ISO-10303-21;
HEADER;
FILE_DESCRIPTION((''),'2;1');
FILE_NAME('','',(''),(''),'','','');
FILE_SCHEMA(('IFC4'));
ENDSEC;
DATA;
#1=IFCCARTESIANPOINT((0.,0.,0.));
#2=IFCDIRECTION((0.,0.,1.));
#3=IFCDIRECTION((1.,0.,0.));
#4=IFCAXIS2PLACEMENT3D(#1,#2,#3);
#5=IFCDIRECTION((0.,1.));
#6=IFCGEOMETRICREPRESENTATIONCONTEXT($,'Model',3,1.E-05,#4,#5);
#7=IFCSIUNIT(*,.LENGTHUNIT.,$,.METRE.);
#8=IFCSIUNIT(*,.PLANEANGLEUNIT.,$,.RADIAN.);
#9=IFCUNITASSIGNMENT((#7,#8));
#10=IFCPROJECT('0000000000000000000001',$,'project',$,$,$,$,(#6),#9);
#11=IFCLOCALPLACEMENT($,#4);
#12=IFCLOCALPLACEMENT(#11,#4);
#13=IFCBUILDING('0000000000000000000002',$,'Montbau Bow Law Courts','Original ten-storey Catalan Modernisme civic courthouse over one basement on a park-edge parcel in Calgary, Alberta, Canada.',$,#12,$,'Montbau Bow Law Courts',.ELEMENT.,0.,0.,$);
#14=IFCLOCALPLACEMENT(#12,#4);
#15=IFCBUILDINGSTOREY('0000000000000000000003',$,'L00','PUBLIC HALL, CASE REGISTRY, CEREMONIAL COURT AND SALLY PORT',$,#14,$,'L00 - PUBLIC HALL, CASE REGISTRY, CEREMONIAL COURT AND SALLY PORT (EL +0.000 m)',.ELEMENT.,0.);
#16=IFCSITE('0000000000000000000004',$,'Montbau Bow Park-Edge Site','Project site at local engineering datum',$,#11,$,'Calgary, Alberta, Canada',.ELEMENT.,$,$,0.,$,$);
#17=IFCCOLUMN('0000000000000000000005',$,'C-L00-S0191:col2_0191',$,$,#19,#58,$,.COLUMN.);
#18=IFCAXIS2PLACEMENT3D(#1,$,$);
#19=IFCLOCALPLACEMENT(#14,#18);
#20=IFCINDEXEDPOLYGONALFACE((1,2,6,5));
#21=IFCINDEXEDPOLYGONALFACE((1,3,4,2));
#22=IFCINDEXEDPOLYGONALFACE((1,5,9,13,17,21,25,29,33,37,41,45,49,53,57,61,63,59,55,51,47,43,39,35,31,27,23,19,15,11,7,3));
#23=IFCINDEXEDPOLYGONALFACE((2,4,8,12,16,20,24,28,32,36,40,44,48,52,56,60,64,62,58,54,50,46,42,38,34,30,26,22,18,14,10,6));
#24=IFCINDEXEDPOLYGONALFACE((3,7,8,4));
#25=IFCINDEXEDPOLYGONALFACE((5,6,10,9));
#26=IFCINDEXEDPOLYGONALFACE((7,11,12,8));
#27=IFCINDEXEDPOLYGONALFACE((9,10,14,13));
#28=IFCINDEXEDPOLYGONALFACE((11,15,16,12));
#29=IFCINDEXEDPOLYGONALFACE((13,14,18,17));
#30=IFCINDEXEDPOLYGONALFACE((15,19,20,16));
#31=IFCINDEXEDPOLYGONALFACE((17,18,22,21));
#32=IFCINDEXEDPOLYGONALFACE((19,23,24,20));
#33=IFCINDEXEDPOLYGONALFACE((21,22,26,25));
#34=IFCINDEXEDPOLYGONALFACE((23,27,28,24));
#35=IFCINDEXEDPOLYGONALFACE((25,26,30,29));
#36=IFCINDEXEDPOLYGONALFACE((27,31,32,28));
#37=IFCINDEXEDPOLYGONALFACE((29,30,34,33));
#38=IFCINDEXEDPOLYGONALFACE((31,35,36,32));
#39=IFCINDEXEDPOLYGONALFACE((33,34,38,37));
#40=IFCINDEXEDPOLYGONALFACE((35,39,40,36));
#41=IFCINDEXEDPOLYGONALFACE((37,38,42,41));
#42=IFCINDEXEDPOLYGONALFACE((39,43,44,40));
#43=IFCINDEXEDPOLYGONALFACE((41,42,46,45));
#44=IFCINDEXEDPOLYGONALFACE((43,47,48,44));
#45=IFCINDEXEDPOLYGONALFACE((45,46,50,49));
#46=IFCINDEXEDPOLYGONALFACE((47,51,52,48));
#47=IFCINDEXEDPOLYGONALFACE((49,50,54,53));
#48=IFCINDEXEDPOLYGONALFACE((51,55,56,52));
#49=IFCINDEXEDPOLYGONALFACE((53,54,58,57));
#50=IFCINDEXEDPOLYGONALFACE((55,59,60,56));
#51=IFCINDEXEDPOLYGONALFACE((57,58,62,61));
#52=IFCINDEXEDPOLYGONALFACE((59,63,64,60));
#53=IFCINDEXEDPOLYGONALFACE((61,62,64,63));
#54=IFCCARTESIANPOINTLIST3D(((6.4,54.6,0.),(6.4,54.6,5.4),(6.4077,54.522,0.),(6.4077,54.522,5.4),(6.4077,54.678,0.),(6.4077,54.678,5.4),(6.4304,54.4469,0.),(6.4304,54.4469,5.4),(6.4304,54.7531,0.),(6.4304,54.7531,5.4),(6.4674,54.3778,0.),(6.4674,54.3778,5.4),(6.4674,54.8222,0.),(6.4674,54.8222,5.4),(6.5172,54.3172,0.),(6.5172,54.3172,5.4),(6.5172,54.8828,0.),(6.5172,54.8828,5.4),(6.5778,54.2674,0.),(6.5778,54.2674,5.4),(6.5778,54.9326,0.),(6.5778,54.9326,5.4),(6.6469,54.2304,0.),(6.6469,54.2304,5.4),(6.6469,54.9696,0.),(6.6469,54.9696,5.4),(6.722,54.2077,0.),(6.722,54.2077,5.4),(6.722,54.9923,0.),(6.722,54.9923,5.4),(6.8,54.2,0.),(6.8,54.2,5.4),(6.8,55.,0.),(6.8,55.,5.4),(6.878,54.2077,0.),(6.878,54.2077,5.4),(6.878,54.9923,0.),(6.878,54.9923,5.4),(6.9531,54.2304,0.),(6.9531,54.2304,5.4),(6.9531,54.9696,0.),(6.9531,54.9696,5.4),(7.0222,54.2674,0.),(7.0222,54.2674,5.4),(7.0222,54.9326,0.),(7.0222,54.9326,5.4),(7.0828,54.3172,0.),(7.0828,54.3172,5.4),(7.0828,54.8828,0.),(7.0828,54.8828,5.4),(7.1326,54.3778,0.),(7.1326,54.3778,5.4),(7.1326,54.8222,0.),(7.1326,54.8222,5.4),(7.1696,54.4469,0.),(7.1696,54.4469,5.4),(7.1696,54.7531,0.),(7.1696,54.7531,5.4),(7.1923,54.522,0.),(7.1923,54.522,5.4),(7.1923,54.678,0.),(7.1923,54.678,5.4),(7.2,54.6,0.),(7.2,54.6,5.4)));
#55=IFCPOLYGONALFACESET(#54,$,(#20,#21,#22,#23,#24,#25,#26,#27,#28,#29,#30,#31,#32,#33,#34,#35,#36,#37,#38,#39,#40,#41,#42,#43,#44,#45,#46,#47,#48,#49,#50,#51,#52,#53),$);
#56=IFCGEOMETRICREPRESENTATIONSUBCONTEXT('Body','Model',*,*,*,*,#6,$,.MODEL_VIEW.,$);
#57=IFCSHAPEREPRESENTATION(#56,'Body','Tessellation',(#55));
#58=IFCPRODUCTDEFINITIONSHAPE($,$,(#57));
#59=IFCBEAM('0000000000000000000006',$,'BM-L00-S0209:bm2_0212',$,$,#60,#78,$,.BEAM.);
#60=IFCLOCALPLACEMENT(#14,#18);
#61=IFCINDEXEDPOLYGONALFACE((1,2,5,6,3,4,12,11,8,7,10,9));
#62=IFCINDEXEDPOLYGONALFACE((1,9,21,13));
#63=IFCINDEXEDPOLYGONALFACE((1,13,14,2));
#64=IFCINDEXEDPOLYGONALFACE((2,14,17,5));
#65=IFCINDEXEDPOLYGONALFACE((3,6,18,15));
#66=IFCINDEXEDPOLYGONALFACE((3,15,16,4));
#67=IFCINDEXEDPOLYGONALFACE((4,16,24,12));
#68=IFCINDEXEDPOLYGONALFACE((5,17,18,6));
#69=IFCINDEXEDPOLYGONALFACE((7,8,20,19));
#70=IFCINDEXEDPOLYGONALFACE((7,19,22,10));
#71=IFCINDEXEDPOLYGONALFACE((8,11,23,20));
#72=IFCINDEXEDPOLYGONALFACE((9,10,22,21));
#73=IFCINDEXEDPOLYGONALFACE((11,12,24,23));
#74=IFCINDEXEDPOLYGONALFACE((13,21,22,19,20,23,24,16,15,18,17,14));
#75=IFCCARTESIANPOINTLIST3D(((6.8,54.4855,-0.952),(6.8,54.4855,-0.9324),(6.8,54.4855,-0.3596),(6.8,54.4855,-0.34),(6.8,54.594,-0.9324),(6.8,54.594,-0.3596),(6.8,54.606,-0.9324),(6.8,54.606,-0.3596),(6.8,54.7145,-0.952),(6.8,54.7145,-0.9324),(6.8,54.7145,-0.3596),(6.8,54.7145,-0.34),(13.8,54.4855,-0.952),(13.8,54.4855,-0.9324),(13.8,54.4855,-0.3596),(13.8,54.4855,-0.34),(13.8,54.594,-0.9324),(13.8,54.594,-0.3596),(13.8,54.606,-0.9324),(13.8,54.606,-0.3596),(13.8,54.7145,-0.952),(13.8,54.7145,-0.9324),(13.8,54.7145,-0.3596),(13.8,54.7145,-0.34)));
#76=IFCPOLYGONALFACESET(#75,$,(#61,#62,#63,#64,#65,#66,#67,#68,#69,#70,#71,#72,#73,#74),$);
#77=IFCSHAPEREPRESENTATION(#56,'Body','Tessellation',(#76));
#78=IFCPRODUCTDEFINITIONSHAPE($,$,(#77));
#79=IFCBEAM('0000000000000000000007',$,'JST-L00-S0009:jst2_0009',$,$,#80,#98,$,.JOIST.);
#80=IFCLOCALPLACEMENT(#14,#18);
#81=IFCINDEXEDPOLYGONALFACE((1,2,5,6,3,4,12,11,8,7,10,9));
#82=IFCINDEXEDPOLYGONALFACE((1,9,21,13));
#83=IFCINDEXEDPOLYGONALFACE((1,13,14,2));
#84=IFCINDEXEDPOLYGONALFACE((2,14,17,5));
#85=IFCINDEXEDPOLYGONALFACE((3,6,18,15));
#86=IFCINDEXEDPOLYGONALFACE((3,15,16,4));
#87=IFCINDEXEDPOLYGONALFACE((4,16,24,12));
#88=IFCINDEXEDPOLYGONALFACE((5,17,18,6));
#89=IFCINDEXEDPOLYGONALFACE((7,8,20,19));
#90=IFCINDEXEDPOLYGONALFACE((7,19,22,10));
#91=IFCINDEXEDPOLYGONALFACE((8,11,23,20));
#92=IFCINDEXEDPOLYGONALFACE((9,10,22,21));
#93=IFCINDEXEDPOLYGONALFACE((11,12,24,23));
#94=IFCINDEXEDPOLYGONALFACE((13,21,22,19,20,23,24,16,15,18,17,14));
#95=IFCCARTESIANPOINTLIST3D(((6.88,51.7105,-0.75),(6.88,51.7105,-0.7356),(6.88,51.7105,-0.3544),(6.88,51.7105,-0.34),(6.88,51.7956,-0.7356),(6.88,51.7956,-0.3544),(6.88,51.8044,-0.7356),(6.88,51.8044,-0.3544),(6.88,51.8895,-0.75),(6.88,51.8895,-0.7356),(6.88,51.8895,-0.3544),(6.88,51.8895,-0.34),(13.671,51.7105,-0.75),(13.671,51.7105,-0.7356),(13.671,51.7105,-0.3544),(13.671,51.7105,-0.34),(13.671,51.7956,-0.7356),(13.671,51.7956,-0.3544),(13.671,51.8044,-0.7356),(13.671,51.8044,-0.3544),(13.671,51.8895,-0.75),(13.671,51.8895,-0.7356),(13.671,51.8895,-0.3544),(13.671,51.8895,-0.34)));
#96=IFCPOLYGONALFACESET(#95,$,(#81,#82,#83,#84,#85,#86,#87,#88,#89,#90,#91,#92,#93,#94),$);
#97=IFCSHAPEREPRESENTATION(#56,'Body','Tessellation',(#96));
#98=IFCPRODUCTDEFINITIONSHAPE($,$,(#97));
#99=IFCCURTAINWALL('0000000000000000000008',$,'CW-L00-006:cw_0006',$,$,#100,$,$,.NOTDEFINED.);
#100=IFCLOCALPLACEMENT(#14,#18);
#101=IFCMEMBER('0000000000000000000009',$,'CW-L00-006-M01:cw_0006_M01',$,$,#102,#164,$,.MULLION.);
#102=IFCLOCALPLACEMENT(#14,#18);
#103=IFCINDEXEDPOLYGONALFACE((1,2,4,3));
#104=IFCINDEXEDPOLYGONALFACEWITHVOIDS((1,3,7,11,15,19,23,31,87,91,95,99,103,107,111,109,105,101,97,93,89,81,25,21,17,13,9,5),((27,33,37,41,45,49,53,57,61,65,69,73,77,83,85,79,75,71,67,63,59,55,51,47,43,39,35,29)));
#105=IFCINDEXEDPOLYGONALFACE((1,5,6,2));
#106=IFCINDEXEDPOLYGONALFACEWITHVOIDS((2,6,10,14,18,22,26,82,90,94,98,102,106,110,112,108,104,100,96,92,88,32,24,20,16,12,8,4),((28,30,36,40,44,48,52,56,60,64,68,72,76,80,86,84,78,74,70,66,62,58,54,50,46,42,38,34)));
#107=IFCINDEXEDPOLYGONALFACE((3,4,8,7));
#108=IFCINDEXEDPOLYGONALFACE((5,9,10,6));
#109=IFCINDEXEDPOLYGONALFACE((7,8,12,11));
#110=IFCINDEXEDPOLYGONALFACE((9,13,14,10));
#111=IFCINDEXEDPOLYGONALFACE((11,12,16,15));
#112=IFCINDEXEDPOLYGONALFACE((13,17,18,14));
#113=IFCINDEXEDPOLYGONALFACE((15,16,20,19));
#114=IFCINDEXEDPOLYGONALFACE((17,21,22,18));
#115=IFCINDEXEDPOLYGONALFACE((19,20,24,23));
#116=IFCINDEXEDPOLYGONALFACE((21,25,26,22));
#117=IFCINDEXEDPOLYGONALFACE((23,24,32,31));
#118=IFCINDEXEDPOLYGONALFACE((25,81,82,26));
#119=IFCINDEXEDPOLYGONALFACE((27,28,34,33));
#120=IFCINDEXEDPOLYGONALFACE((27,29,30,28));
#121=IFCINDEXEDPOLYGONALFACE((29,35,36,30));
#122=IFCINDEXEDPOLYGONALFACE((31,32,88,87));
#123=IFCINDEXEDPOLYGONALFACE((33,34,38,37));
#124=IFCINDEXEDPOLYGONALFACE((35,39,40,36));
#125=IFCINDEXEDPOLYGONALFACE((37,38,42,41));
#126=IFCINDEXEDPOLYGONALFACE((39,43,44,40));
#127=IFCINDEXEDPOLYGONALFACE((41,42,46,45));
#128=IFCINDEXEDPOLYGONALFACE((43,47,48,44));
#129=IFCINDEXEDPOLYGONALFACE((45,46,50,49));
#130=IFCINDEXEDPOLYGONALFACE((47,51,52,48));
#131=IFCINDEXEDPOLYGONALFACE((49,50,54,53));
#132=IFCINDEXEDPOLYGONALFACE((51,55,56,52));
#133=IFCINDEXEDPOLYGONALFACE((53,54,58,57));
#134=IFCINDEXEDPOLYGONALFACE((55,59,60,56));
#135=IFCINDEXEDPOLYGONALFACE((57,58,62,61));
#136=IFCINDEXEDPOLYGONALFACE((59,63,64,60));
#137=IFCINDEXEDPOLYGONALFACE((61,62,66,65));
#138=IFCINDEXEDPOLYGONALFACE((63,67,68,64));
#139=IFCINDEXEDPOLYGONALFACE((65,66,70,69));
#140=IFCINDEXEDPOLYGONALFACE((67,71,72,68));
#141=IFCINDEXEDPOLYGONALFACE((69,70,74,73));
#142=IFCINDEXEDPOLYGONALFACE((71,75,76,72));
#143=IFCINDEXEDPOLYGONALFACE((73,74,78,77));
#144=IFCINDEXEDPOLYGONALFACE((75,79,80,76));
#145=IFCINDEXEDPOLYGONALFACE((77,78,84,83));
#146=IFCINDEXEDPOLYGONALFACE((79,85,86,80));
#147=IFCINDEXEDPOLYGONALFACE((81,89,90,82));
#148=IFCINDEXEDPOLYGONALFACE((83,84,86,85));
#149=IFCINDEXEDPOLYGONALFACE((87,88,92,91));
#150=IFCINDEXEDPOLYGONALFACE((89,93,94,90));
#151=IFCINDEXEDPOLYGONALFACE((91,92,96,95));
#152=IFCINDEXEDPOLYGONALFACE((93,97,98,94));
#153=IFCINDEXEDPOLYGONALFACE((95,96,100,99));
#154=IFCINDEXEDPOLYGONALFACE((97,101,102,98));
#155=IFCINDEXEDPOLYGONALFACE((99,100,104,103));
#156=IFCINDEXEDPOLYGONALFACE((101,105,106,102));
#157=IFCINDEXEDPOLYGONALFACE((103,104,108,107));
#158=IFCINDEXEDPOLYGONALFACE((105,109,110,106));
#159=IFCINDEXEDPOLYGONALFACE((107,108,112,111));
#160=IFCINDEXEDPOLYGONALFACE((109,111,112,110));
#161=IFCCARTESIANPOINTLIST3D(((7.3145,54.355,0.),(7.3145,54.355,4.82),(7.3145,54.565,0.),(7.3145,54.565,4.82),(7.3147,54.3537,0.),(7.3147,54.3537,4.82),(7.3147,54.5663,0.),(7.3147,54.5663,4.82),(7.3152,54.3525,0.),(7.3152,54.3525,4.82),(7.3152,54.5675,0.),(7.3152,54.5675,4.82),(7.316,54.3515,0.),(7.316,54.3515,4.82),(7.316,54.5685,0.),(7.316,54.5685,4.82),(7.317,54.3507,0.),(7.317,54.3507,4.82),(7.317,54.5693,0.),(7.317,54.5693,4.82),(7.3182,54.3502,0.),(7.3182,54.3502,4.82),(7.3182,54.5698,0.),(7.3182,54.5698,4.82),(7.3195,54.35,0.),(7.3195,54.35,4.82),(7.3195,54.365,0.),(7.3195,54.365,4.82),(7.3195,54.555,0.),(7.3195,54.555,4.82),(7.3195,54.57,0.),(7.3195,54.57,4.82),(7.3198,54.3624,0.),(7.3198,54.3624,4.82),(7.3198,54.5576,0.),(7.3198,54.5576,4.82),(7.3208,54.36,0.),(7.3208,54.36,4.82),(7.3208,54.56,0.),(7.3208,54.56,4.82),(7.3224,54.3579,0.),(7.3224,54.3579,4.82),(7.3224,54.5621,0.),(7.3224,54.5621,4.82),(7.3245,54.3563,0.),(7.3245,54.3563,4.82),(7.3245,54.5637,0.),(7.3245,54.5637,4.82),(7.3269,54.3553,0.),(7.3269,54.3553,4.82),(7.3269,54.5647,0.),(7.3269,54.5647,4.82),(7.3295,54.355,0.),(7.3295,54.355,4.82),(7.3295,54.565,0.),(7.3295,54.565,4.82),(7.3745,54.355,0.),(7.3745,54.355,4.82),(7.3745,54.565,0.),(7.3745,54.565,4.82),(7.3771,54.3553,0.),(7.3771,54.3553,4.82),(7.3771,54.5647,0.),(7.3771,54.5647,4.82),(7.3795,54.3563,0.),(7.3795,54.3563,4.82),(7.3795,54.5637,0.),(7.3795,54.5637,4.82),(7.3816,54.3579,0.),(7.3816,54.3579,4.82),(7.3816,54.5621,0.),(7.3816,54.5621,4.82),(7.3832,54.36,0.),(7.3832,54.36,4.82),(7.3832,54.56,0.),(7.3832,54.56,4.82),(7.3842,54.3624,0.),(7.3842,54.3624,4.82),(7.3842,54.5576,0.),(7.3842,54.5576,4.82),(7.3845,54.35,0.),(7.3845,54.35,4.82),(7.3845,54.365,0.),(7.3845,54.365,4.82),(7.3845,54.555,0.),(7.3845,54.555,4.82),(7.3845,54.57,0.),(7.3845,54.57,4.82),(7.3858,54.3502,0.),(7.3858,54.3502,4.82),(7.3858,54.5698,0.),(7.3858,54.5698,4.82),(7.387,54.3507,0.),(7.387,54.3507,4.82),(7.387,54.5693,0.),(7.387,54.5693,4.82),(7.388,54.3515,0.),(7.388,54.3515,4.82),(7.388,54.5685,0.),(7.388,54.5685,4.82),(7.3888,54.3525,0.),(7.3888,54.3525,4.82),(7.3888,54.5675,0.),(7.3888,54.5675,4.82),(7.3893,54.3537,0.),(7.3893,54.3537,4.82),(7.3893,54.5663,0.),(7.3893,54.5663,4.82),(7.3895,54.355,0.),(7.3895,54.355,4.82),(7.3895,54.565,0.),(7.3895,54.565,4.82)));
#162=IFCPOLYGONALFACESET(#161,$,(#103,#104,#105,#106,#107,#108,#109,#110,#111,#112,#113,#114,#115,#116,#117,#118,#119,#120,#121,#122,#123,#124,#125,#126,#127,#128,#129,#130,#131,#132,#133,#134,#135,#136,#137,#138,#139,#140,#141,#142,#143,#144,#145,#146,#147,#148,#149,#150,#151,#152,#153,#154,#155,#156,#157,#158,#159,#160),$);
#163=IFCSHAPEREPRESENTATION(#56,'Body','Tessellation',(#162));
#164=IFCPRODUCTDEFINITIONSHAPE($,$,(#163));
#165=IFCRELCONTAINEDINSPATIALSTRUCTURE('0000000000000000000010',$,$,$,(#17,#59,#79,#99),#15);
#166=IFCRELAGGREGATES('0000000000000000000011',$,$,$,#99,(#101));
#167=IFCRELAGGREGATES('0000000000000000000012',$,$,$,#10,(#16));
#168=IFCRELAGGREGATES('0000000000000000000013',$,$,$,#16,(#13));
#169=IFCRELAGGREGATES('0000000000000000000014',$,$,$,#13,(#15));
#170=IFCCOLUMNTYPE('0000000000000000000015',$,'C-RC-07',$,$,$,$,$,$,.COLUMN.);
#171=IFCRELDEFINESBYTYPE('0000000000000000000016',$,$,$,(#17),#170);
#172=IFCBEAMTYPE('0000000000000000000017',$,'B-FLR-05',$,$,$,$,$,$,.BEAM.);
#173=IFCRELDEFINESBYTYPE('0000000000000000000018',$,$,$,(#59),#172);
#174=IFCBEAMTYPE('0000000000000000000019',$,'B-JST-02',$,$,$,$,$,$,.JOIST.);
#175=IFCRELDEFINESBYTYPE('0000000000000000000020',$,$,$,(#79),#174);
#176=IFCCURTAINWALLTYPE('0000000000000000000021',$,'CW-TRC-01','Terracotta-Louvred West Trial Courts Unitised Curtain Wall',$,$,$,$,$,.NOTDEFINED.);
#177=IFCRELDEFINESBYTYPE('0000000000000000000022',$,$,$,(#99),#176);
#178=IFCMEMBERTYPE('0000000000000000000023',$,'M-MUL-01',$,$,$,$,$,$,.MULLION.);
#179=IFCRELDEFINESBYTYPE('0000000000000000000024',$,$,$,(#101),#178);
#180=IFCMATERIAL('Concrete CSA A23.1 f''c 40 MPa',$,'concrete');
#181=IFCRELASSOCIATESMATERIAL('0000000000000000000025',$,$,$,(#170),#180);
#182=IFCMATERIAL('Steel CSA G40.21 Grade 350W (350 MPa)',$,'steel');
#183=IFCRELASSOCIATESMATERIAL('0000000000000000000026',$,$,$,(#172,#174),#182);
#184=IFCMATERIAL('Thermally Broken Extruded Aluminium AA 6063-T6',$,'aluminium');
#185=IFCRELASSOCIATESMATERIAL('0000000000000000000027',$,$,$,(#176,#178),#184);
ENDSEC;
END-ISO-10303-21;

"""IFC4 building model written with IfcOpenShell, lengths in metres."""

from ifc_helpers import new_model, si_unit, direction, frame, origin_with_axes, origin_2d_with_axis, place, context, subcontext, project, spatial, hollow_rectangle, circle, i_section, extrude, material, material_profile, profile_set, type_object, element, aggregate, save


model = new_model("IFC4")

# Units and contexts
model_context = context("Model", 3, precision=1e-05, world=origin_with_axes(), true_north=direction((0.0, 1.0)))
body_context = subcontext(model_context, "Body", "Model", "MODEL_VIEW")
ifc_project = project(units=[si_unit("LENGTHUNIT", "METRE"), si_unit("PLANEANGLEUNIT", "RADIAN")], contexts=[model_context])

# Site, building, storey
site_placement = place(None, origin_with_axes())
site = spatial("IfcSite", under=ifc_project, at=site_placement, Name="Montbau Bow Park-Edge Site", Description="Project site at local engineering datum", LongName="Calgary, Alberta, Canada", CompositionType="ELEMENT", RefElevation=0.0)
building_placement = place(site_placement, origin_with_axes())
building = spatial("IfcBuilding", under=site, at=building_placement, Name="Montbau Bow Law Courts", Description="Original ten-storey Catalan Modernisme civic courthouse over one basement on a park-edge parcel in Calgary, Alberta, Canada.", LongName="Montbau Bow Law Courts", CompositionType="ELEMENT", ElevationOfRefHeight=0.0, ElevationOfTerrain=0.0)
storey_placement = place(building_placement, origin_with_axes())
storey = spatial("IfcBuildingStorey", under=building, at=storey_placement, Name="L00", Description="PUBLIC HALL, CASE REGISTRY, CEREMONIAL COURT AND SALLY PORT", LongName="L00 - PUBLIC HALL, CASE REGISTRY, CEREMONIAL COURT AND SALLY PORT (EL +0.000 m)", CompositionType="ELEMENT", Elevation=0.0)

# Column
ifc_material_1 = material(Name="Concrete CSA A23.1 f'c 40 MPa", Category="concrete")
ifc_material_profile_1 = material_profile(ifc_material_1, circle(Radius=0.4, at=origin_2d_with_axis()), Name="RC800D", Category="Main", Priority=0)
ifc_profile_set_1 = profile_set([ifc_material_profile_1], Name="Concrete CSA A23.1 f'c 40 MPa")
column_type = type_object("IfcColumnType", Name="C-RC-07", PredefinedType="COLUMN", material=ifc_profile_set_1)
column_placement = place(None, frame((6.8, 54.6, 0.0), z_axis=(0.0, 0.0, 1.0), x_axis=(1.0, 0.0, 0.0)))
element("IfcColumn", 1, at=column_placement, inside=storey, type_object=column_type, Name="C-L00-S0191:col2_0191", PredefinedType="COLUMN", context=body_context, shape_type="SweptSolid", body=[
    extrude(circle(Radius=0.4, at=origin_2d_with_axis()), origin_with_axes(), (0.0, 0.0, 1.0), 5.4),
])

# Beams
ifc_material_2 = material(Name="Steel CSA G40.21 Grade 350W (350 MPa)", Category="steel")
ifc_material_profile_2 = material_profile(ifc_material_2, i_section(OverallWidth=0.229, OverallDepth=0.612, WebThickness=0.0119, FlangeThickness=0.0196, at=origin_2d_with_axis()), Name="W610X125", Category="Main", Priority=0)
ifc_profile_set_2 = profile_set([ifc_material_profile_2], Name="Steel CSA G40.21 Grade 350W (350 MPa)")
beam_type_1 = type_object("IfcBeamType", Name="B-FLR-05", PredefinedType="BEAM", material=ifc_profile_set_2)
beam_1_placement = place(None, frame((6.8, 54.6, -0.646), z_axis=(1.0, 0.0, 0.0), x_axis=(0.0, 1.0, 0.0)))
element("IfcBeam", 2, at=beam_1_placement, inside=storey, type_object=beam_type_1, Name="BM-L00-S0209:bm2_0212", PredefinedType="BEAM", context=body_context, shape_type="SweptSolid", body=[
    extrude(i_section(OverallWidth=0.229, OverallDepth=0.612, WebThickness=0.0119, FlangeThickness=0.0196, at=origin_2d_with_axis()), origin_with_axes(), (0.0, 0.0, 1.0), 7.0),
])
ifc_material_profile_3 = material_profile(ifc_material_2, i_section(OverallWidth=0.179, OverallDepth=0.41, WebThickness=0.0088, FlangeThickness=0.0144, at=origin_2d_with_axis()), Name="W410X67", Category="Main", Priority=0)
ifc_profile_set_3 = profile_set([ifc_material_profile_3], Name="Steel CSA G40.21 Grade 350W (350 MPa)")
beam_type_2 = type_object("IfcBeamType", Name="B-JST-02", PredefinedType="JOIST", material=ifc_profile_set_3)
beam_2_placement = place(None, frame((6.88, 51.8, -0.545), z_axis=(1.0, 0.0, 0.0), x_axis=(0.0, 1.0, 0.0)))
element("IfcBeam", 3, at=beam_2_placement, inside=storey, type_object=beam_type_2, Name="JST-L00-S0009:jst2_0009", PredefinedType="JOIST", context=body_context, shape_type="SweptSolid", body=[
    extrude(i_section(OverallWidth=0.179, OverallDepth=0.41, WebThickness=0.0088, FlangeThickness=0.0144, at=origin_2d_with_axis()), origin_with_axes(), (0.0, 0.0, 1.0), 6.791),
])

# Curtain wall, member
ifc_material_3 = material(Name="Thermally Broken Extruded Aluminium AA 6063-T6", Category="aluminium")
curtain_wall_type = type_object("IfcCurtainWallType", Name="CW-TRC-01", Description="Terracotta-Louvred West Trial Courts Unitised Curtain Wall", PredefinedType="NOTDEFINED", material=ifc_material_3)
curtain_wall_1_placement = place(None, frame((7.315, 54.46, 0.0), z_axis=(0.0, 0.0, 1.0), x_axis=(1.0, 0.0, 0.0)))
curtain_wall_1 = element("IfcCurtainWall", 4, at=curtain_wall_1_placement, inside=storey, type_object=curtain_wall_type, Name="CW-L00-006:cw_0006", PredefinedType="NOTDEFINED")
ifc_material_profile_4 = material_profile(ifc_material_3, hollow_rectangle(XDim=0.075, YDim=0.22, WallThickness=0.005, InnerFilletRadius=0.01, OuterFilletRadius=0.005, at=origin_2d_with_axis()), Name="CWM-220X75", Category="Main", Priority=0)
ifc_profile_set_4 = profile_set([ifc_material_profile_4], Name="Thermally Broken Extruded Aluminium AA 6063-T6")
member_type_1 = type_object("IfcMemberType", Name="M-MUL-01", PredefinedType="MULLION", material=ifc_profile_set_4)
member_1_placement = place(None, frame((7.352, 54.46, 0.0), z_axis=(0.0, 0.0, 1.0), x_axis=(1.0, 0.0, 0.0)))
member_1 = element("IfcMember", 5, at=member_1_placement, type_object=member_type_1, Name="CW-L00-006-M01:cw_0006_M01", PredefinedType="MULLION", context=body_context, shape_type="SweptSolid", body=[
    extrude(hollow_rectangle(XDim=0.075, YDim=0.22, WallThickness=0.005, InnerFilletRadius=0.01, OuterFilletRadius=0.005, at=origin_2d_with_axis()), origin_with_axes(), (0.0, 0.0, 1.0), 4.82),
])

aggregate(curtain_wall_1, [member_1])

save(model, "model.ifc")
